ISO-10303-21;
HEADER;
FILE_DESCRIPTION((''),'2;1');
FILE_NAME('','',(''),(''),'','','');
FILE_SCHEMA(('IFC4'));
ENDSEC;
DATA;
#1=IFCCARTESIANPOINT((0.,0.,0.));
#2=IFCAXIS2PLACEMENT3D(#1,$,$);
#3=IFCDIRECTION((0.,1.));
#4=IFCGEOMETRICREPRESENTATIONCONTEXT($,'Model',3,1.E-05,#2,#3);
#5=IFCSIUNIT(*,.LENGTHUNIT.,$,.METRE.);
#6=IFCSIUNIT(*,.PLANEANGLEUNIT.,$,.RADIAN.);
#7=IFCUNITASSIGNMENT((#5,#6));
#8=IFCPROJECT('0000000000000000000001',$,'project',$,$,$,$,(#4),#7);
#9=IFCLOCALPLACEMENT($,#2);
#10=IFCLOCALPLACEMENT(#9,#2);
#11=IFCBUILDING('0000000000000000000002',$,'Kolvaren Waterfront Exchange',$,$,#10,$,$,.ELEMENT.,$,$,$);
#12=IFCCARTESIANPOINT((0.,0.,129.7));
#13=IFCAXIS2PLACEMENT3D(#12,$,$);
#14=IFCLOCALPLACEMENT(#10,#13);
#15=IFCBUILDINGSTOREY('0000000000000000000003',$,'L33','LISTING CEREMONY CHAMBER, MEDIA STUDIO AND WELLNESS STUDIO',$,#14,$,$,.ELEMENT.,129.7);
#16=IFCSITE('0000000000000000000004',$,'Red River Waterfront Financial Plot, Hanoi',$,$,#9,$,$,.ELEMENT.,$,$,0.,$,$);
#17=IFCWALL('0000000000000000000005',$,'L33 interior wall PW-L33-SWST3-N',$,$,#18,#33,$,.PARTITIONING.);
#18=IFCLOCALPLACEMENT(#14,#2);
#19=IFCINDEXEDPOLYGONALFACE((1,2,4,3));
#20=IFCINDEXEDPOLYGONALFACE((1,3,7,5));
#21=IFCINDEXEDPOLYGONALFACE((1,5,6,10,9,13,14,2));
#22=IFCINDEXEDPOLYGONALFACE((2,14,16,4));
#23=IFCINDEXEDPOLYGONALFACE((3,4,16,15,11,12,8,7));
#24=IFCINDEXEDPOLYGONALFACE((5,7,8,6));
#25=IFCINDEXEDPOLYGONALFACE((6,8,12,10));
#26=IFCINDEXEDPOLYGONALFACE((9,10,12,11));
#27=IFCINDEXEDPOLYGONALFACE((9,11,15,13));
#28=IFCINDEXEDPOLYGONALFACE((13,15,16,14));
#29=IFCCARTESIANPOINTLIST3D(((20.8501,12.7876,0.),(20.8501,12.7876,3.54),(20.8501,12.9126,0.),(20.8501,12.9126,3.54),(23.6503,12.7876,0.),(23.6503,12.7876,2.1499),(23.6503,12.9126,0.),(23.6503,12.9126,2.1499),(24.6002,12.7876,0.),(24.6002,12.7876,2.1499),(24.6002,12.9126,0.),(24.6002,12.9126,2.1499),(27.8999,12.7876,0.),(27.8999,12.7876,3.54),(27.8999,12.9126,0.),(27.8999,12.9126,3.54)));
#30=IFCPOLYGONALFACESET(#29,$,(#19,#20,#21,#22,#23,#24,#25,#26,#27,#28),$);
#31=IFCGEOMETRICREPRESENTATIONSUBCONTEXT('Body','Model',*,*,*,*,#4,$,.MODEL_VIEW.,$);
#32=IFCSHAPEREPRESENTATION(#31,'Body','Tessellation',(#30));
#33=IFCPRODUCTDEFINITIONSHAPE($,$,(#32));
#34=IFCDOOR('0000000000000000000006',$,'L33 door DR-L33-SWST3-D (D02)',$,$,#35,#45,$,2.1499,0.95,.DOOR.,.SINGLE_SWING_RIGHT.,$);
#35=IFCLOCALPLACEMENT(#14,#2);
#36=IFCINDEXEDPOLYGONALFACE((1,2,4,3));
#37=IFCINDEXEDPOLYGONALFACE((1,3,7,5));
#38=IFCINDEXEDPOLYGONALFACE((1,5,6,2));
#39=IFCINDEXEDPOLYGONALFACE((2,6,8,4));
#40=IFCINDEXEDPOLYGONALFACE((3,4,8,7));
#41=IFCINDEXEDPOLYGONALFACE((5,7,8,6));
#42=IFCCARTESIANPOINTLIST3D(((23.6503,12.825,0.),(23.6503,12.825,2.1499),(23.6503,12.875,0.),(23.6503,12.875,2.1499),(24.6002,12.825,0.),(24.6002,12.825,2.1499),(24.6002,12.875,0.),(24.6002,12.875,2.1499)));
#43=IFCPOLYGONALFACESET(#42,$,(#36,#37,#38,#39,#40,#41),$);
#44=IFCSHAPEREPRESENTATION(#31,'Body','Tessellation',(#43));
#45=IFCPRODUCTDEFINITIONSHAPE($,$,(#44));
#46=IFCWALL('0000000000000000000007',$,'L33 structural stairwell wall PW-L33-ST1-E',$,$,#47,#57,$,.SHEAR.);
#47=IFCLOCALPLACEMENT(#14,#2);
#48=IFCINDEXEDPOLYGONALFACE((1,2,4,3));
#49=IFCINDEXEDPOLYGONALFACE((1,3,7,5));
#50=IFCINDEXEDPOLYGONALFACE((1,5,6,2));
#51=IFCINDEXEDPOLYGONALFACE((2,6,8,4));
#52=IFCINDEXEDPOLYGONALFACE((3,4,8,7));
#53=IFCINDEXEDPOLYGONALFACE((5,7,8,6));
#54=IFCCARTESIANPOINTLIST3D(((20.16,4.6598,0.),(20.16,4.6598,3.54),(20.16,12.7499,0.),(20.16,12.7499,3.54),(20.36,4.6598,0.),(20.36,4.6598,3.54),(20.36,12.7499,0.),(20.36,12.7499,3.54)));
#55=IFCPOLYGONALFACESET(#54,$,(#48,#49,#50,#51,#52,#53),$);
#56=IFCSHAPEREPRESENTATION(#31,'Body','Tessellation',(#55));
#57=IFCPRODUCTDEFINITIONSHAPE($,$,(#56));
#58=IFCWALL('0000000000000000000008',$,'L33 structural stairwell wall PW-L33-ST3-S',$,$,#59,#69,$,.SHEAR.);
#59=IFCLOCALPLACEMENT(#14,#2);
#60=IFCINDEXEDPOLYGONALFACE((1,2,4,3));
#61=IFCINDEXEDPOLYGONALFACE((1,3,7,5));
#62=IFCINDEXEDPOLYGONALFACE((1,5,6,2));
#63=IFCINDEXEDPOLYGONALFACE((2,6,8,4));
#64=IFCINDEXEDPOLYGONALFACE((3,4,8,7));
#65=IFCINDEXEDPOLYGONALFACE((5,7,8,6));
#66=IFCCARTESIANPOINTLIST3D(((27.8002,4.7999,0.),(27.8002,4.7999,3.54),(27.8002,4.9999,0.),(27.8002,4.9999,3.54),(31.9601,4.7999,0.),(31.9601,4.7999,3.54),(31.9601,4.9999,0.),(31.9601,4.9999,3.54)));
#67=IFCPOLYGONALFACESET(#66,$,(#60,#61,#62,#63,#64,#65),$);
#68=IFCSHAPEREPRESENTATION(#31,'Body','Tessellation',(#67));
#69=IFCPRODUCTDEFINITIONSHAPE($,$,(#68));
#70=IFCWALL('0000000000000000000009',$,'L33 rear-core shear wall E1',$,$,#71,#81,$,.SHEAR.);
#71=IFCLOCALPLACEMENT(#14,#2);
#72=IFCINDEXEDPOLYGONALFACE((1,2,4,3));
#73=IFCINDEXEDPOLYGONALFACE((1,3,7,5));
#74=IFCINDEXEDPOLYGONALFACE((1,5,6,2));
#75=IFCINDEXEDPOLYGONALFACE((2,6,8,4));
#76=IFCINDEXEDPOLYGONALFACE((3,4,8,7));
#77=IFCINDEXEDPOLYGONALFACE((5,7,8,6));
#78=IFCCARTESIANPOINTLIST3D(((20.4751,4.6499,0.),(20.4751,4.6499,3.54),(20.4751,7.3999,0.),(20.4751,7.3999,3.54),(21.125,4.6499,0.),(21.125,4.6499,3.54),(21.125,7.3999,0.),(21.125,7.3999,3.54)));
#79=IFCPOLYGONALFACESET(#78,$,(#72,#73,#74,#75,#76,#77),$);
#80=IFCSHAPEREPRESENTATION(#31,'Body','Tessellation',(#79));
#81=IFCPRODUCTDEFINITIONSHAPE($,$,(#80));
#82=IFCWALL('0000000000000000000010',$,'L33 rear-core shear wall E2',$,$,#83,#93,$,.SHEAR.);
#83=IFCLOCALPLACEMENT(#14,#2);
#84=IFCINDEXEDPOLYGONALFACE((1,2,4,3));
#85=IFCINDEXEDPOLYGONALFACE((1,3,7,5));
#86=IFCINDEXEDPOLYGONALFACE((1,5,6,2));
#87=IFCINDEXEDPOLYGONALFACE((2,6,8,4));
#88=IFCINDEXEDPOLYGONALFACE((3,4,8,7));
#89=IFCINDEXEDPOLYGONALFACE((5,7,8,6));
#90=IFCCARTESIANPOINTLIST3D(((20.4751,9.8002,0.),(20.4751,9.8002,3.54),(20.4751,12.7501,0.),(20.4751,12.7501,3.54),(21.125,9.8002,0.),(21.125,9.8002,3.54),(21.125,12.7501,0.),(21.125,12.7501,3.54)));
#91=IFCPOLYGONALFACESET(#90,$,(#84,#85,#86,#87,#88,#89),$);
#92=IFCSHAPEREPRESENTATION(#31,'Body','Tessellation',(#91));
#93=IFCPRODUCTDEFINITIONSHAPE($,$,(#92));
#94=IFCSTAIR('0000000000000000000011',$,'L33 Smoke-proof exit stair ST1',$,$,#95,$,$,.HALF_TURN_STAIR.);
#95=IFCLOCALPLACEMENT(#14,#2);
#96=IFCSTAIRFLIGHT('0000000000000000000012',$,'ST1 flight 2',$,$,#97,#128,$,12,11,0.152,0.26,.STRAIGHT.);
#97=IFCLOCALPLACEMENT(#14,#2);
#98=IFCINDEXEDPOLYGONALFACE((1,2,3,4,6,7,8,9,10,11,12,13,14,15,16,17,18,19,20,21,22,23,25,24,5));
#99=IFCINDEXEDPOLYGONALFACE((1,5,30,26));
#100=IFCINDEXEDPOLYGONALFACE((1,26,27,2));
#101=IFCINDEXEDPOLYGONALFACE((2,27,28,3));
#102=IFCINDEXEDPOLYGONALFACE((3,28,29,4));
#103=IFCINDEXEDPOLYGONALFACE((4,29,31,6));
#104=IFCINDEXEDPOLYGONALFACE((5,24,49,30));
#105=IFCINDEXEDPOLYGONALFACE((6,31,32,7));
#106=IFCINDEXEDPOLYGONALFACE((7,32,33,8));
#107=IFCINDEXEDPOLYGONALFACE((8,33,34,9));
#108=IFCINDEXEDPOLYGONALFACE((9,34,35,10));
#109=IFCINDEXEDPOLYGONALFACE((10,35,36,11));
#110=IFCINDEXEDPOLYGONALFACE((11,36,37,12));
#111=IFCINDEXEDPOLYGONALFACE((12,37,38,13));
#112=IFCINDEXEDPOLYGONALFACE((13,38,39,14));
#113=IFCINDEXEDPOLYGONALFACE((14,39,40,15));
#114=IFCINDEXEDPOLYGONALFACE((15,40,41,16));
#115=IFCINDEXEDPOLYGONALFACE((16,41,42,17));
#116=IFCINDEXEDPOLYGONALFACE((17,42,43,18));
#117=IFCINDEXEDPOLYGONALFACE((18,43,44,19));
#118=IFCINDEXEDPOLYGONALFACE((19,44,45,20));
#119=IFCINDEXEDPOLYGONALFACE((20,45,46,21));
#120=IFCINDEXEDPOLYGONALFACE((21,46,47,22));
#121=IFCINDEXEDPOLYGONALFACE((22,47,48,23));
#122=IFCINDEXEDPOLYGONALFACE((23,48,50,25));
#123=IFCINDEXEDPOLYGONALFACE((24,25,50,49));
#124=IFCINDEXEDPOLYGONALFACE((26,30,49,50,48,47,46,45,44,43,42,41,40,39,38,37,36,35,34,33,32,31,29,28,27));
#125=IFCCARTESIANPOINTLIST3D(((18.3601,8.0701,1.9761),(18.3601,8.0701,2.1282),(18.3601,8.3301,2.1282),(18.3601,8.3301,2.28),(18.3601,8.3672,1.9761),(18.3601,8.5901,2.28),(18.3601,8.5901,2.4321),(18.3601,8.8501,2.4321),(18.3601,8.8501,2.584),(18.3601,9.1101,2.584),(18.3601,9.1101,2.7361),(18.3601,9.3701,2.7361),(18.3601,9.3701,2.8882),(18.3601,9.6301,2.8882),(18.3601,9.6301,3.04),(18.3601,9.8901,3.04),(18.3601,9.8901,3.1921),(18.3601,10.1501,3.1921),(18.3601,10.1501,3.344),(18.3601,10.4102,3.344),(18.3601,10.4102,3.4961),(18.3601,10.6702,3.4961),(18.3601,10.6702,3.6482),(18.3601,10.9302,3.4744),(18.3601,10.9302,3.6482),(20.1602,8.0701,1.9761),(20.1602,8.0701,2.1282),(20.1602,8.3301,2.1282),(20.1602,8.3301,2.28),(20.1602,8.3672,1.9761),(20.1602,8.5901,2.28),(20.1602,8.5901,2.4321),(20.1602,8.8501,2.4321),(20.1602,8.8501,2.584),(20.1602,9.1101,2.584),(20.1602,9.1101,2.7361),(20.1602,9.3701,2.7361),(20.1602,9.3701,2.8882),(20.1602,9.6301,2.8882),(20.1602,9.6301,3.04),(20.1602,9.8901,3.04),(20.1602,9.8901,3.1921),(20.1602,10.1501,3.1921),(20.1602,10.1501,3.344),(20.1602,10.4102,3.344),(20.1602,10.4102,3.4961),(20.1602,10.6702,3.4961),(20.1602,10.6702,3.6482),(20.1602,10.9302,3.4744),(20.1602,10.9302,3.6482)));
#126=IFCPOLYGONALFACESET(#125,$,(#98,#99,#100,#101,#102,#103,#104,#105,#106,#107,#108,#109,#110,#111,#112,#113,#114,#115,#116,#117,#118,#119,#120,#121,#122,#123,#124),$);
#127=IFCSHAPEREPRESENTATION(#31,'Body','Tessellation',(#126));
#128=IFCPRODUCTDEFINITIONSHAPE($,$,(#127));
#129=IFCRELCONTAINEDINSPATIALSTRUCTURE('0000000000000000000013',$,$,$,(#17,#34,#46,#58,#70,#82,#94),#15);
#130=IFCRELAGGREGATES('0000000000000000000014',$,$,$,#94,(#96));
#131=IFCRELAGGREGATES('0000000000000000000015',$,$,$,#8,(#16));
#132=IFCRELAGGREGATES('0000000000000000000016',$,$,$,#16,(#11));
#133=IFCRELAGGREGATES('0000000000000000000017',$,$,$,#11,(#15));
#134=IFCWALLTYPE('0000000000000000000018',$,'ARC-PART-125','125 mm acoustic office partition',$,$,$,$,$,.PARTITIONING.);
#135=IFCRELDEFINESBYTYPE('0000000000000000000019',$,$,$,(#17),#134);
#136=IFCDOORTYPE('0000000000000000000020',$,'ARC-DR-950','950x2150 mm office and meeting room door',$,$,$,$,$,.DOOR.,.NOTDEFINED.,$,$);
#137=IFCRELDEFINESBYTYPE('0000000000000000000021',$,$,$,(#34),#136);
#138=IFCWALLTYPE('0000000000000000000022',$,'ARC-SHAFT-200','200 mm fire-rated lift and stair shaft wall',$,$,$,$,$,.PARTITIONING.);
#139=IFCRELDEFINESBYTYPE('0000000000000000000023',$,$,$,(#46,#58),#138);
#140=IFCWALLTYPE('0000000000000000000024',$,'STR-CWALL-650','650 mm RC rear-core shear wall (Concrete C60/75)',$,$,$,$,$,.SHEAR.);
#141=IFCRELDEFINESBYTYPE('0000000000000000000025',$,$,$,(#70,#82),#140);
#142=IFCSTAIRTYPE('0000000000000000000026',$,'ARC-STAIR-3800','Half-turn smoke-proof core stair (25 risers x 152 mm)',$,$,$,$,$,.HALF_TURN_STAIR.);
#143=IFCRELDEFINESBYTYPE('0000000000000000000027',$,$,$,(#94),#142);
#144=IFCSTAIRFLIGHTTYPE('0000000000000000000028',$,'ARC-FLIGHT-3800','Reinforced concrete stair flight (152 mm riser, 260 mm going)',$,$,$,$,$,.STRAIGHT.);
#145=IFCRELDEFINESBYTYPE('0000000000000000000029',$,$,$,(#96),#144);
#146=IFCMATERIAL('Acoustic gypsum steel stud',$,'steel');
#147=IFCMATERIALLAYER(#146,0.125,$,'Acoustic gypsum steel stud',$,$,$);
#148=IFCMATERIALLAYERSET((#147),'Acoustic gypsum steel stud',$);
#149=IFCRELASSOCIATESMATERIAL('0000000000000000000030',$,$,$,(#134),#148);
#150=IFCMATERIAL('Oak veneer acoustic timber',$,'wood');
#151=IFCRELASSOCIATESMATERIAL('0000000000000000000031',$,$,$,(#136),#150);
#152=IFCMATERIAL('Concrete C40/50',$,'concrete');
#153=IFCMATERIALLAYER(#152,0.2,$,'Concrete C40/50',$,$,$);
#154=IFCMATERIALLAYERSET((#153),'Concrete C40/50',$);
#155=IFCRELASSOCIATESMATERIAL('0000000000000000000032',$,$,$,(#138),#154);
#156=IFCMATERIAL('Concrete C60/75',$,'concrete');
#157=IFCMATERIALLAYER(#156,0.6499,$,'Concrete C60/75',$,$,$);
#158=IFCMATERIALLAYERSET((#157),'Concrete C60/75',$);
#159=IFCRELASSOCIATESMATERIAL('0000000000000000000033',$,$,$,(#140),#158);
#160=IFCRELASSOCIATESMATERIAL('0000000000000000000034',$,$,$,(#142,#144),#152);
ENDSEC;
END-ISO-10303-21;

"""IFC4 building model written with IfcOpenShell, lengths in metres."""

from ifc_helpers import new_model, si_unit, direction, frame, frame_2d, origin, place, context, subcontext, project, spatial, polyline, rectangle, outline, extrude, material, layer, layer_set, type_object, element, fill, aggregate, save


model = new_model("IFC4")

# Units and contexts
model_context = context("Model", 3, precision=1e-05, world=origin(), true_north=direction((0.0, 1.0)))
body_context = subcontext(model_context, "Body", "Model", "MODEL_VIEW")
ifc_project = project(units=[si_unit("LENGTHUNIT", "METRE"), si_unit("PLANEANGLEUNIT", "RADIAN")], contexts=[model_context])

# Site, building, storey
site_placement = place(None, origin())
site = spatial("IfcSite", under=ifc_project, at=site_placement, Name="Red River Waterfront Financial Plot, Hanoi", CompositionType="ELEMENT", RefElevation=0.0)
building_placement = place(site_placement, origin())
building = spatial("IfcBuilding", under=site, at=building_placement, Name="Kolvaren Waterfront Exchange", CompositionType="ELEMENT")
storey_placement = place(building_placement, frame((0.0, 0.0, 129.7)))
storey = spatial("IfcBuildingStorey", under=building, at=storey_placement, Name="L33", Description="LISTING CEREMONY CHAMBER, MEDIA STUDIO AND WELLNESS STUDIO", CompositionType="ELEMENT", Elevation=129.7)

# Shared definitions
ifc_material_1 = material(Name="Concrete C60/75", Category="concrete")

# Wall, opening, door
ifc_material_2 = material(Name="Acoustic gypsum steel stud", Category="steel")
ifc_layer_1 = layer(ifc_material_2, 0.125, Name="Acoustic gypsum steel stud")
ifc_layer_set_1 = layer_set([ifc_layer_1], Name="Acoustic gypsum steel stud")
wall_type_1 = type_object("IfcWallType", Name="ARC-PART-125", Description="125 mm acoustic office partition", PredefinedType="PARTITIONING", material=ifc_layer_set_1)
wall_1_placement = place(storey_placement, frame((20.8501, 12.8501, 0.0), z_axis=(0.0, 0.0, 1.0), x_axis=(1.0, 0.0, 0.0)))
wall_1 = element("IfcWall", 1, at=wall_1_placement, inside=storey, type_object=wall_type_1, Name="L33 interior wall PW-L33-SWST3-N", PredefinedType="PARTITIONING", context=body_context, shape_type="SweptSolid", body=[
    extrude(rectangle(XDim=7.0498, YDim=0.125, at=frame_2d((3.5249, 0.0))), origin(), (0.0, 0.0, 1.0), 3.54),
])
opening_placement = place(wall_1_placement, frame((2.8, 0.0, 0.0)))
opening = element("IfcOpeningElement", 2, at=opening_placement, cuts=wall_1, PredefinedType="OPENING", context=body_context, shape_type="SweptSolid", body=[
    extrude(rectangle(XDim=0.95, YDim=2.1499, at=frame_2d((0.4751, 1.075))), frame((0.0, 0.0725, 0.0), z_axis=(0.0, -1.0, 0.0), x_axis=(1.0, 0.0, 0.0)), (0.0, 0.0, 1.0), 0.145),
])
ifc_material_3 = material(Name="Oak veneer acoustic timber", Category="wood")
door_type = type_object("IfcDoorType", Name="ARC-DR-950", Description="950x2150 mm office and meeting room door", OperationType="NOTDEFINED", PredefinedType="DOOR", material=ifc_material_3)
door_placement = place(opening_placement, origin())
door = element("IfcDoor", 3, at=door_placement, inside=storey, type_object=door_type, Name="L33 door DR-L33-SWST3-D (D02)", OperationType="SINGLE_SWING_RIGHT", OverallHeight=2.1499, OverallWidth=0.95, PredefinedType="DOOR", context=body_context, shape_type="SweptSolid", body=[
    extrude(rectangle(XDim=0.95, YDim=2.1499, at=frame_2d((0.4751, 1.075))), frame((0.0, 0.0249, 0.0), z_axis=(0.0, -1.0, 0.0), x_axis=(1.0, 0.0, 0.0)), (0.0, 0.0, 1.0), 0.05),
])
fill(opening, door)

# Walls
ifc_material_4 = material(Name="Concrete C40/50", Category="concrete")
ifc_layer_2 = layer(ifc_material_4, 0.2, Name="Concrete C40/50")
ifc_layer_set_2 = layer_set([ifc_layer_2], Name="Concrete C40/50")
wall_type_2 = type_object("IfcWallType", Name="ARC-SHAFT-200", Description="200 mm fire-rated lift and stair shaft wall", PredefinedType="PARTITIONING", material=ifc_layer_set_2)
wall_2_placement = place(storey_placement, frame((20.26, 4.6599, 0.0), z_axis=(0.0, 0.0, 1.0), x_axis=(0.0, 1.0, 0.0)))
element("IfcWall", 4, at=wall_2_placement, inside=storey, type_object=wall_type_2, Name="L33 structural stairwell wall PW-L33-ST1-E", PredefinedType="SHEAR", context=body_context, shape_type="SweptSolid", body=[
    extrude(rectangle(XDim=8.0901, YDim=0.2, at=frame_2d((4.0449, 0.0))), origin(), (0.0, 0.0, 1.0), 3.54),
])
wall_3_placement = place(storey_placement, frame((27.8, 4.8999, 0.0), z_axis=(0.0, 0.0, 1.0), x_axis=(1.0, 0.0, 0.0)))
element("IfcWall", 5, at=wall_3_placement, inside=storey, type_object=wall_type_2, Name="L33 structural stairwell wall PW-L33-ST3-S", PredefinedType="SHEAR", context=body_context, shape_type="SweptSolid", body=[
    extrude(rectangle(XDim=4.1599, YDim=0.2, at=frame_2d((2.0801, 0.0))), origin(), (0.0, 0.0, 1.0), 3.54),
])
ifc_layer_3 = layer(ifc_material_1, 0.6499, Name="Concrete C60/75")
ifc_layer_set_3 = layer_set([ifc_layer_3], Name="Concrete C60/75")
wall_type_3 = type_object("IfcWallType", Name="STR-CWALL-650", Description="650 mm RC rear-core shear wall (Concrete C60/75)", PredefinedType="SHEAR", material=ifc_layer_set_3)
wall_4_placement = place(storey_placement, frame((20.8, 4.6499, 0.0), z_axis=(0.0, 0.0, 1.0), x_axis=(0.0, 1.0, 0.0)))
element("IfcWall", 6, at=wall_4_placement, inside=storey, type_object=wall_type_3, Name="L33 rear-core shear wall E1", PredefinedType="SHEAR", context=body_context, shape_type="SweptSolid", body=[
    extrude(rectangle(XDim=2.75, YDim=0.6499, at=frame_2d((1.375, 0.0))), origin(), (0.0, 0.0, 1.0), 3.54),
])
wall_5_placement = place(storey_placement, frame((20.8, 9.8, 0.0), z_axis=(0.0, 0.0, 1.0), x_axis=(0.0, 1.0, 0.0)))
element("IfcWall", 7, at=wall_5_placement, inside=storey, type_object=wall_type_3, Name="L33 rear-core shear wall E2", PredefinedType="SHEAR", context=body_context, shape_type="SweptSolid", body=[
    extrude(rectangle(XDim=2.95, YDim=0.6499, at=frame_2d((1.4751, 0.0))), origin(), (0.0, 0.0, 1.0), 3.54),
])

# Stair, stair flight
stair_type = type_object("IfcStairType", Name="ARC-STAIR-3800", Description="Half-turn smoke-proof core stair (25 risers x 152 mm)", PredefinedType="HALF_TURN_STAIR", material=ifc_material_4)
stair_placement = place(storey_placement, origin())
stair = element("IfcStair", 8, at=stair_placement, inside=storey, type_object=stair_type, Name="L33 Smoke-proof exit stair ST1", PredefinedType="HALF_TURN_STAIR")
stair_flight_type = type_object("IfcStairFlightType", Name="ARC-FLIGHT-3800", Description="Reinforced concrete stair flight (152 mm riser, 260 mm going)", PredefinedType="STRAIGHT", material=ifc_material_4)
stair_flight_placement = place(storey_placement, frame((19.26, 8.0701, 1.9761), z_axis=(0.0, 0.0, 1.0), x_axis=(0.0, 1.0, 0.0)))
stair_flight = element("IfcStairFlight", 9, at=stair_flight_placement, type_object=stair_flight_type, Name="ST1 flight 2", NumberOfRisers=12, NumberOfTreads=11, PredefinedType="STRAIGHT", RiserHeight=0.152, TreadLength=0.26, context=body_context, shape_type="SweptSolid", body=[
    extrude(outline(polyline([(0.0, 0.0), (0.0, 0.1521), (0.26, 0.1521), (0.26, 0.304), (0.52, 0.304), (0.52, 0.4561), (0.78, 0.4561), (0.78, 0.6079), (1.04, 0.6079), (1.04, 0.76), (1.3, 0.76), (1.3, 0.9121), (1.5601, 0.9121), (1.5601, 1.064), (1.8201, 1.064), (1.8201, 1.2161), (2.0801, 1.2161), (2.0801, 1.3679), (2.3401, 1.3679), (2.3401, 1.52), (2.6001, 1.52), (2.6001, 1.6721), (2.8601, 1.6721), (2.8601, 1.824), (2.8601, 1.4983), (0.2971, 0.0), (0.0, 0.0)])), frame((0.0, 0.8999, 0.0), z_axis=(0.0, -1.0, 0.0), x_axis=(1.0, 0.0, 0.0)), (0.0, 0.0, 1.0), 1.8),
])
aggregate(stair, [stair_flight])

save(model, "model.ifc")
